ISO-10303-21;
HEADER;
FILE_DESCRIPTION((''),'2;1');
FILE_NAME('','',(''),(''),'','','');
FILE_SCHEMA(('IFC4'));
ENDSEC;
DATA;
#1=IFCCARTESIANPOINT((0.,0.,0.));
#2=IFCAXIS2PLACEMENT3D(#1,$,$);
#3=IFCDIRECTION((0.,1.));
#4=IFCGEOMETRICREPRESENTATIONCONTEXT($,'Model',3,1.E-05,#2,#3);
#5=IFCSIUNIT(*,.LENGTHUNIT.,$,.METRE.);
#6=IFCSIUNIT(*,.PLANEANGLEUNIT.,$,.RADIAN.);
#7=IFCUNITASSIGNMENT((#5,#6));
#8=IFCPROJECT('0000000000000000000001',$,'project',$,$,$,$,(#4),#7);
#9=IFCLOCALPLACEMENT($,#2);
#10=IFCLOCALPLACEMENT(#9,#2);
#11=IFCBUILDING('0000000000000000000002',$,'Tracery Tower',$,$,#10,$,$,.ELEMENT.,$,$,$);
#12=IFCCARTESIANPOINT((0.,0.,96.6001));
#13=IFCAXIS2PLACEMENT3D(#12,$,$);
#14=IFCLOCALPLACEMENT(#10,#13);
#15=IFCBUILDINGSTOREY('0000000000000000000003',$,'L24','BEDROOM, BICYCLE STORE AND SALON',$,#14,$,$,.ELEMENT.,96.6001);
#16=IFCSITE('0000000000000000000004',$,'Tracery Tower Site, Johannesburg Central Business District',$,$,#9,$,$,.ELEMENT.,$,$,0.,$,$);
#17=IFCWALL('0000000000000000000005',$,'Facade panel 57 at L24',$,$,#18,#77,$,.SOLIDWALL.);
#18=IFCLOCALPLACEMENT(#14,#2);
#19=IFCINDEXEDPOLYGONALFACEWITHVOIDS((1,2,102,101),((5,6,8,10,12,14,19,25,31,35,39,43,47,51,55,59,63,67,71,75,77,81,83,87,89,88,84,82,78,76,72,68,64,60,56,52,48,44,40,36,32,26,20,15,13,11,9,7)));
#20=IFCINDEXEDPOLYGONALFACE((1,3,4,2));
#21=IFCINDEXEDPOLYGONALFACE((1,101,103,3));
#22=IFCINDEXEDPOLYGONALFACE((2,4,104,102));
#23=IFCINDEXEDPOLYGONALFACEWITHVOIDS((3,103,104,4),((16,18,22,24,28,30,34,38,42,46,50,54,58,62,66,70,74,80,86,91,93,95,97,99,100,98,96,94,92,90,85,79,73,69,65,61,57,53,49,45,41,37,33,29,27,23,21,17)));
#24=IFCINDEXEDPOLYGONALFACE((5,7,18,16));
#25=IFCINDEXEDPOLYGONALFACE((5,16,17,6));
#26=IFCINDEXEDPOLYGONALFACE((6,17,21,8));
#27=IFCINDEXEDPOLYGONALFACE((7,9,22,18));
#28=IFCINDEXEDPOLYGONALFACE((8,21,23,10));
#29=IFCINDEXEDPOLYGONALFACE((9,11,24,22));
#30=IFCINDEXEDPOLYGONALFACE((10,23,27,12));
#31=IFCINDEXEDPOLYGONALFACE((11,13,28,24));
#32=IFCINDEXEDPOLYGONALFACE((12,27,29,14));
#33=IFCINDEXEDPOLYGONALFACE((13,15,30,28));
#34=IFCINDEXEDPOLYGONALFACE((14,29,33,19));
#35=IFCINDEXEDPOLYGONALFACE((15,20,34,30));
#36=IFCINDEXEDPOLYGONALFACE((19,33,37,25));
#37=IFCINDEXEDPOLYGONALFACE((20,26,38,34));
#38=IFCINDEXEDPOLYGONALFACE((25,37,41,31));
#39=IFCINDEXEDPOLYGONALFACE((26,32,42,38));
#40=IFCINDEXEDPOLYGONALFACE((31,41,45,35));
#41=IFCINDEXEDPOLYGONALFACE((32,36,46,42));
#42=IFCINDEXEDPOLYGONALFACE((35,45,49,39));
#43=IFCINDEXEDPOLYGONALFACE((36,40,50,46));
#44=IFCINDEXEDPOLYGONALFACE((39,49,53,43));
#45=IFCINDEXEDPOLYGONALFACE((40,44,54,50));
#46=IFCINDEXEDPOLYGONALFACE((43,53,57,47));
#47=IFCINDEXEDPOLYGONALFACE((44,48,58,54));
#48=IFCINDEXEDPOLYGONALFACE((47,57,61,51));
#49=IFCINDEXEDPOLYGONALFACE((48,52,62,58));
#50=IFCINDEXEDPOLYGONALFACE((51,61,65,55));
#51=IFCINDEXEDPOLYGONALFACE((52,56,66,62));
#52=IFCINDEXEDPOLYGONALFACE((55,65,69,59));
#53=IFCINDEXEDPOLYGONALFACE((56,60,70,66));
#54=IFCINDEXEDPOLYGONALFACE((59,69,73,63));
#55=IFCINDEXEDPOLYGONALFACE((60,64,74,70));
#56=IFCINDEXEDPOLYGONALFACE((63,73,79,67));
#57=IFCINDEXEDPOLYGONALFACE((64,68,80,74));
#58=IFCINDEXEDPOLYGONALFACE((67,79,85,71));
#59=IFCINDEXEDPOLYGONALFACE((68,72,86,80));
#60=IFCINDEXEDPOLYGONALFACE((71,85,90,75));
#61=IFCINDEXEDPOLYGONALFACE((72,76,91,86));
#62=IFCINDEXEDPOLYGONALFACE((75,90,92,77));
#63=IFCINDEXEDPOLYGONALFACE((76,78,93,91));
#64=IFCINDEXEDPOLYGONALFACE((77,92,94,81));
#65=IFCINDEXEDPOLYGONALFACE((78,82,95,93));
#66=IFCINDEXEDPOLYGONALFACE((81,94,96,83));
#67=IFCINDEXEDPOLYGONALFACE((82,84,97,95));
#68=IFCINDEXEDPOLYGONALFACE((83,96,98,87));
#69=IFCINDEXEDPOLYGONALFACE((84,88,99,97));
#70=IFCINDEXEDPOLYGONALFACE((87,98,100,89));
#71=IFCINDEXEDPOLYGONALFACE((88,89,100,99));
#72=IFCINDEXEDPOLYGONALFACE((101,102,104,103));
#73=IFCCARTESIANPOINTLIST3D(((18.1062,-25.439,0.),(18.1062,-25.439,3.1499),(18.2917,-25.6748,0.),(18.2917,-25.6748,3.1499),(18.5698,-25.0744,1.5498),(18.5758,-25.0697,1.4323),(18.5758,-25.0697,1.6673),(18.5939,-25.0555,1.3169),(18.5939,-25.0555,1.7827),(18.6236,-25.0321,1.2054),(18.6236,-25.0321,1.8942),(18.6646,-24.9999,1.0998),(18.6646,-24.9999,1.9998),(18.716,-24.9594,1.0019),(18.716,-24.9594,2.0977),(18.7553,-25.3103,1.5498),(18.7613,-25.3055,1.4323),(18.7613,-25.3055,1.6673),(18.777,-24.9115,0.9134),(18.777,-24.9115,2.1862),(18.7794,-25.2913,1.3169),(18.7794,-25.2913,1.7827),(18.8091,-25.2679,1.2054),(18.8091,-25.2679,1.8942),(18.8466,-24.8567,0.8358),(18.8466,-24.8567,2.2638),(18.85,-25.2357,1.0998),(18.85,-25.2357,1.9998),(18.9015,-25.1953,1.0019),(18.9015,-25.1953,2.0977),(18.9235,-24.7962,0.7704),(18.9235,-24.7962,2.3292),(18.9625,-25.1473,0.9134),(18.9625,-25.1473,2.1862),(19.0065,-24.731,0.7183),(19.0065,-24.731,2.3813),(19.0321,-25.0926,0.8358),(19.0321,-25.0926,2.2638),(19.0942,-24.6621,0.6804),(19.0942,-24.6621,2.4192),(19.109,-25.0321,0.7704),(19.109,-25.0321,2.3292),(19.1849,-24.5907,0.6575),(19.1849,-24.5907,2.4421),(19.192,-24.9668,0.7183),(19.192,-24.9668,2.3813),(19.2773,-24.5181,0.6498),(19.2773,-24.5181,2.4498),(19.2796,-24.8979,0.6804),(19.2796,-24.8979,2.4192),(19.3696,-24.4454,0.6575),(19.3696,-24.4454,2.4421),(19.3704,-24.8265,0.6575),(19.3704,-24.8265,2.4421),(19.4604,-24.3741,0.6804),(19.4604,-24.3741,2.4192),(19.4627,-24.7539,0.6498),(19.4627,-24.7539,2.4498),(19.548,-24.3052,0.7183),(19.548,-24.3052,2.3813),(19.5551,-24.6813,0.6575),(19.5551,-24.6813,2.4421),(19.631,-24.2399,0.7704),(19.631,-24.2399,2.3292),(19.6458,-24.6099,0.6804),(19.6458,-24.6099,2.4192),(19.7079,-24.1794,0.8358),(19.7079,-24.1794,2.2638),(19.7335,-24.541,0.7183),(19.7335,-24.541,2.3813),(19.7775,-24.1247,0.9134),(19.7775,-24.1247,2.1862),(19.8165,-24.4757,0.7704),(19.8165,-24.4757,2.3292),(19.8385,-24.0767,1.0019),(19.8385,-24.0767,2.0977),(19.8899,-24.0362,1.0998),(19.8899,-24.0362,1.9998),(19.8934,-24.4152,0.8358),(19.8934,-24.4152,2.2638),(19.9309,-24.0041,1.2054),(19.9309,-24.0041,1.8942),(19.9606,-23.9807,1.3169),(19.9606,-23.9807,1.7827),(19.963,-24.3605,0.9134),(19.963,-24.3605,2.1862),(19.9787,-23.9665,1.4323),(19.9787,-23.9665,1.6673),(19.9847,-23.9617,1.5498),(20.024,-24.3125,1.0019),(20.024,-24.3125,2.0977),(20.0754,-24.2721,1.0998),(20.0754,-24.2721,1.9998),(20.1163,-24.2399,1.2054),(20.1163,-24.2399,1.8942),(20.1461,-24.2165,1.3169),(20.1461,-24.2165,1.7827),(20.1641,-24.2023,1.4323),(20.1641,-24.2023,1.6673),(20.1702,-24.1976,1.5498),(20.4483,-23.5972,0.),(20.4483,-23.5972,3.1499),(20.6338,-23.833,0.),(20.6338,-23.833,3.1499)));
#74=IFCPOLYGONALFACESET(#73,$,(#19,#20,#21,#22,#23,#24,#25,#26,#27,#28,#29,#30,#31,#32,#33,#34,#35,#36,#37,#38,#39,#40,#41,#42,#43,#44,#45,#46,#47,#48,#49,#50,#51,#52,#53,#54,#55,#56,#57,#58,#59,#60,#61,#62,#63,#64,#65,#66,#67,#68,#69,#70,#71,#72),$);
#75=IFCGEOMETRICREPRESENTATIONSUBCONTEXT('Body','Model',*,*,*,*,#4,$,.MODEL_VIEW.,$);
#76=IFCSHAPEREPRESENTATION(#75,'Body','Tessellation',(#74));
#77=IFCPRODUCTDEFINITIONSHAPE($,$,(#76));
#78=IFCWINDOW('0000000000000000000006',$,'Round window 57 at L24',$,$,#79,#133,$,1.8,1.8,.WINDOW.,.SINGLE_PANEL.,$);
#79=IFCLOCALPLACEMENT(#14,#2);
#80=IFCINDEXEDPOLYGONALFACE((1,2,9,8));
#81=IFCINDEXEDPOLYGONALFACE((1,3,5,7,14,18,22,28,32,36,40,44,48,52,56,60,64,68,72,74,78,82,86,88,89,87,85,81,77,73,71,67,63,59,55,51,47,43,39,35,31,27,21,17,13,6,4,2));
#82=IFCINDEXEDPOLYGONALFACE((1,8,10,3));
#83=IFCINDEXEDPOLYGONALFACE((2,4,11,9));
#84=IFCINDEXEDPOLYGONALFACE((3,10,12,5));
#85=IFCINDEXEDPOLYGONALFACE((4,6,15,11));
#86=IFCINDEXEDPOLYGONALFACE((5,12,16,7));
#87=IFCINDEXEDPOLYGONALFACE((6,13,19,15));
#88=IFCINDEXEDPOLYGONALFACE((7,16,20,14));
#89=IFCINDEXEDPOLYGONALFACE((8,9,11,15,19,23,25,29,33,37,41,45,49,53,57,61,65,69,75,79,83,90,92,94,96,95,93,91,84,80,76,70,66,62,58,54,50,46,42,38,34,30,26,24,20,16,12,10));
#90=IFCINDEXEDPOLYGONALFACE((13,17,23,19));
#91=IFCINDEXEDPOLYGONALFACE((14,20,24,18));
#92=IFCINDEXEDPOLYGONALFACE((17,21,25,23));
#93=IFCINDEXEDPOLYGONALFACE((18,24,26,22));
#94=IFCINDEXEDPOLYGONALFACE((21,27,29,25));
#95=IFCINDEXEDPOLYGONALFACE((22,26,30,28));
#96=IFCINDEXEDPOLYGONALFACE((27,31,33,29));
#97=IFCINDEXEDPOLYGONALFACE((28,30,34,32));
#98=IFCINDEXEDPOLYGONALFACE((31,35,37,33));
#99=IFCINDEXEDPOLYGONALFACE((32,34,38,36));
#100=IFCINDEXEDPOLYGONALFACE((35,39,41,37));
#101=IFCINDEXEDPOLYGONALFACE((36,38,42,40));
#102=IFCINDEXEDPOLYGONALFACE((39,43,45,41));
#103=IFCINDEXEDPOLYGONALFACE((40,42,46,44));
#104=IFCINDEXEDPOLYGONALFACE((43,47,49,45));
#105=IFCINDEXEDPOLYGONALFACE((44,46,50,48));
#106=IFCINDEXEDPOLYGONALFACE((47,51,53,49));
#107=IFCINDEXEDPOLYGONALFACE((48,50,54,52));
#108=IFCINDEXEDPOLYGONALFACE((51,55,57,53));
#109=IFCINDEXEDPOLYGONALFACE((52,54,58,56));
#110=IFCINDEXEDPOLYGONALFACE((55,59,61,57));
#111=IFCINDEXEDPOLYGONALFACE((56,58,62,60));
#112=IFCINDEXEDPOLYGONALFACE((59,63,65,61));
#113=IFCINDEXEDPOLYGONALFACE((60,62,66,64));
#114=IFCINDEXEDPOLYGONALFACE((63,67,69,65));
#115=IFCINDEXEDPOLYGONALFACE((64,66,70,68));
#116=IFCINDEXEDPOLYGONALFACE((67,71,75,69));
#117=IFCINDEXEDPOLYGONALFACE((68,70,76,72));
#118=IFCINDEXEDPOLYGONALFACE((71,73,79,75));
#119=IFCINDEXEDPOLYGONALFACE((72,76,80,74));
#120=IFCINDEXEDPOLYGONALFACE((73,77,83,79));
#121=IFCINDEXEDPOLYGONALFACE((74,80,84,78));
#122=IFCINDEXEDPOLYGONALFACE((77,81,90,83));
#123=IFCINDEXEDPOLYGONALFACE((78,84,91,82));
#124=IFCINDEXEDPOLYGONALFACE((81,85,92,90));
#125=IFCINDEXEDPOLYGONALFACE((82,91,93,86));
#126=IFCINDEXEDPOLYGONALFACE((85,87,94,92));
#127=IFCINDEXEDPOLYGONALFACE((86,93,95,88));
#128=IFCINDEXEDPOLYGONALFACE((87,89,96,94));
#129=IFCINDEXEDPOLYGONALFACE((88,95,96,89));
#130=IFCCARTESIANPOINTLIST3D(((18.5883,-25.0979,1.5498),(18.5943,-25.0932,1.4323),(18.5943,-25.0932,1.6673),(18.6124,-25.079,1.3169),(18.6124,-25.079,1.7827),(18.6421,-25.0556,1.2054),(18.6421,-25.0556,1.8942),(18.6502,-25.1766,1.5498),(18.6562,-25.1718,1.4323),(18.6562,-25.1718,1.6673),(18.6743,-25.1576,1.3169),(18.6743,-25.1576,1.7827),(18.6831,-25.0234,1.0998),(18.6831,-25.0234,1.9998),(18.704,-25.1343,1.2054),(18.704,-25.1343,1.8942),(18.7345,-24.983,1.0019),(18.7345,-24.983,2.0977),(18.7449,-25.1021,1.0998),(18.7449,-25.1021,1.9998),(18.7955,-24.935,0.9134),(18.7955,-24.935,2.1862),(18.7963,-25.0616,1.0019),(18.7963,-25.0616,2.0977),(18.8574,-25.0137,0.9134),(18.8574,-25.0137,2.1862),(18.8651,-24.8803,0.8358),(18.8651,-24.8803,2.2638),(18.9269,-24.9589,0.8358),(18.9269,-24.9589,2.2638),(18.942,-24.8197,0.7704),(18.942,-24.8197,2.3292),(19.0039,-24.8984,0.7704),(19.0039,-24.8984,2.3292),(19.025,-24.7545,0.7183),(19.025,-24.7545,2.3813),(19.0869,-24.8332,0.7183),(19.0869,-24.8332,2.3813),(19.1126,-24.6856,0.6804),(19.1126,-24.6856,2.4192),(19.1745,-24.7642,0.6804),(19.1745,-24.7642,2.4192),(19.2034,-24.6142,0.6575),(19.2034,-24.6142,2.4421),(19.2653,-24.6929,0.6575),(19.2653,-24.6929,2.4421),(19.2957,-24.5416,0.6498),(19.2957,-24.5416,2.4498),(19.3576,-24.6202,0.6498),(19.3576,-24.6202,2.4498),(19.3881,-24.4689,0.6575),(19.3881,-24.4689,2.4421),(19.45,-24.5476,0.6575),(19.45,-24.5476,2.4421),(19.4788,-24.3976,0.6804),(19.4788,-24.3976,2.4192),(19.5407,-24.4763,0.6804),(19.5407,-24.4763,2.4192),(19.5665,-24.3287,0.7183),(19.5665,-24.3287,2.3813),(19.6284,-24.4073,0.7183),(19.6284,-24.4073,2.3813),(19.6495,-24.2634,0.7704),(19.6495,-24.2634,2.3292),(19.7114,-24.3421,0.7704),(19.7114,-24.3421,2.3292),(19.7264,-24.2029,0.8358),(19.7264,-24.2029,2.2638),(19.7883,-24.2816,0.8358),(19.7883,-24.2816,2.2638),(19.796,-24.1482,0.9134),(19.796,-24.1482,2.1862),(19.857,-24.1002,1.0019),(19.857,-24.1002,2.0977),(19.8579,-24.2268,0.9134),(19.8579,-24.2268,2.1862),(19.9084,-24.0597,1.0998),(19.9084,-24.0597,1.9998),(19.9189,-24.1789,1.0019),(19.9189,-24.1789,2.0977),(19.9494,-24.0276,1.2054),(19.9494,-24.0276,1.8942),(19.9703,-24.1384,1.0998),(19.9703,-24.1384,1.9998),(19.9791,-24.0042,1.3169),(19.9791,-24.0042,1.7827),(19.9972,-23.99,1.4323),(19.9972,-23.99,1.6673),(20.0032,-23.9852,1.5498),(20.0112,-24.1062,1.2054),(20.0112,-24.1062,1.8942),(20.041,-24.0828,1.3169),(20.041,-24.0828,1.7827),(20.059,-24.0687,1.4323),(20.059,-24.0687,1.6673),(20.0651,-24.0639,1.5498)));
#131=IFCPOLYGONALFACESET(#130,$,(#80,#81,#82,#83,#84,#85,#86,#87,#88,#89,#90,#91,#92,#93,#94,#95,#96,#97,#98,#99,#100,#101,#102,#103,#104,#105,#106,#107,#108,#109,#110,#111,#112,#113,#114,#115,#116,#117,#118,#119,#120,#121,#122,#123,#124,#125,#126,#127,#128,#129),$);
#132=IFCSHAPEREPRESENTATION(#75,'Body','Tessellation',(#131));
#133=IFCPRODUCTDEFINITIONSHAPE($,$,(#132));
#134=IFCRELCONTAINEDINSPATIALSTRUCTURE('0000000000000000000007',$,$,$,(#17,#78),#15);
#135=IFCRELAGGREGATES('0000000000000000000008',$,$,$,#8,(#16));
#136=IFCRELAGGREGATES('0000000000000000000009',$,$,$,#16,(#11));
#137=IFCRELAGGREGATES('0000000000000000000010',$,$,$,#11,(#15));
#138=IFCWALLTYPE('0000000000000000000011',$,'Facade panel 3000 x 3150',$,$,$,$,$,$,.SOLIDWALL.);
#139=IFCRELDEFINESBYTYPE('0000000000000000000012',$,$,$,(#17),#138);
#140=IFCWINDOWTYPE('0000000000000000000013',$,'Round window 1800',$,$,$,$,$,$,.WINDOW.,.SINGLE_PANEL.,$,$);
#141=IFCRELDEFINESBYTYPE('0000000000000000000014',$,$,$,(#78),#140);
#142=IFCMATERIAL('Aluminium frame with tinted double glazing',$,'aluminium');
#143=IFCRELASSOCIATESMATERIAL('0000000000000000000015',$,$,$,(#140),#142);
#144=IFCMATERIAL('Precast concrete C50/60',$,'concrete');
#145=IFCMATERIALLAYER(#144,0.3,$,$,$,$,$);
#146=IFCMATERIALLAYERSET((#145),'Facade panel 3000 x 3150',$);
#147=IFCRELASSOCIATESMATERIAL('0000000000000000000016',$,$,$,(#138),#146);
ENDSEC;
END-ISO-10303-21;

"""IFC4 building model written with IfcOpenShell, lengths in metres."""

from ifc_helpers import new_model, si_unit, direction, frame, frame_2d, origin, origin_2d, place, context, subcontext, project, spatial, rectangle, circle, extrude, material, layer, layer_set, type_object, element, fill, save


model = new_model("IFC4")

# Units and contexts
model_context = context("Model", 3, precision=1e-05, world=origin(), true_north=direction((0.0, 1.0)))
body_context = subcontext(model_context, "Body", "Model", "MODEL_VIEW")
ifc_project = project(units=[si_unit("LENGTHUNIT", "METRE"), si_unit("PLANEANGLEUNIT", "RADIAN")], contexts=[model_context])

# Site, building, storey
site_placement = place(None, origin())
site = spatial("IfcSite", under=ifc_project, at=site_placement, Name="Tracery Tower Site, Johannesburg Central Business District", CompositionType="ELEMENT", RefElevation=0.0)
building_placement = place(site_placement, origin())
building = spatial("IfcBuilding", under=site, at=building_placement, Name="Tracery Tower", CompositionType="ELEMENT")
storey_placement = place(building_placement, frame((0.0, 0.0, 96.6001)))
storey = spatial("IfcBuildingStorey", under=building, at=storey_placement, Name="L24", Description="BEDROOM, BICYCLE STORE AND SALON", CompositionType="ELEMENT", Elevation=96.6001)

# Wall, opening, window
ifc_material_1 = material(Name="Aluminium frame with tinted double glazing", Category="aluminium")
window_type = type_object("IfcWindowType", Name="Round window 1800", PartitioningType="SINGLE_PANEL", PredefinedType="WINDOW", material=ifc_material_1)
ifc_material_2 = material(Name="Precast concrete C50/60", Category="concrete")
ifc_layer_1 = layer(ifc_material_2, 0.3)
ifc_layer_set_1 = layer_set([ifc_layer_1], Name="Facade panel 3000 x 3150")
wall_type_1 = type_object("IfcWallType", Name="Facade panel 3000 x 3150", PredefinedType="SOLIDWALL", material=ifc_layer_set_1)
wall_1_placement = place(storey_placement, frame((18.199, -25.5569, 0.0), z_axis=(0.0, 0.0, 1.0), x_axis=(0.786054, 0.618158, 0.0)))
wall_1 = element("IfcWall", 1, at=wall_1_placement, inside=storey, type_object=wall_type_1, Name="Facade panel 57 at L24", PredefinedType="SOLIDWALL", context=body_context, shape_type="SweptSolid", body=[
    extrude(rectangle(XDim=2.9795, YDim=0.3, at=frame_2d((1.4897, 0.0))), origin(), (0.0, 0.0, 1.0), 3.1499),
])
opening_1_placement = place(wall_1_placement, frame((1.4897, 0.0, 1.5498)))
opening_1 = element("IfcOpeningElement", 2, at=opening_1_placement, cuts=wall_1, PredefinedType="OPENING", context=body_context, shape_type="SweptSolid", body=[
    extrude(circle(Radius=0.9, at=origin_2d()), frame((0.0, 0.1599, 0.0), z_axis=(0.0, -1.0, 0.0), x_axis=(1.0, 0.0, 0.0)), (0.0, 0.0, 1.0), 0.3201),
])
window_1_placement = place(opening_1_placement, origin())
window_1 = element("IfcWindow", 3, at=window_1_placement, inside=storey, type_object=window_type, Name="Round window 57 at L24", OverallHeight=1.8, OverallWidth=1.8, PartitioningType="SINGLE_PANEL", PredefinedType="WINDOW", context=body_context, shape_type="SweptSolid", body=[
    extrude(circle(Radius=0.9, at=origin_2d()), frame((0.0, 0.1201, 0.0), z_axis=(0.0, -1.0, 0.0), x_axis=(1.0, 0.0, 0.0)), (0.0, 0.0, 1.0), 0.1001),
])
fill(opening_1, window_1)

save(model, "model.ifc")
